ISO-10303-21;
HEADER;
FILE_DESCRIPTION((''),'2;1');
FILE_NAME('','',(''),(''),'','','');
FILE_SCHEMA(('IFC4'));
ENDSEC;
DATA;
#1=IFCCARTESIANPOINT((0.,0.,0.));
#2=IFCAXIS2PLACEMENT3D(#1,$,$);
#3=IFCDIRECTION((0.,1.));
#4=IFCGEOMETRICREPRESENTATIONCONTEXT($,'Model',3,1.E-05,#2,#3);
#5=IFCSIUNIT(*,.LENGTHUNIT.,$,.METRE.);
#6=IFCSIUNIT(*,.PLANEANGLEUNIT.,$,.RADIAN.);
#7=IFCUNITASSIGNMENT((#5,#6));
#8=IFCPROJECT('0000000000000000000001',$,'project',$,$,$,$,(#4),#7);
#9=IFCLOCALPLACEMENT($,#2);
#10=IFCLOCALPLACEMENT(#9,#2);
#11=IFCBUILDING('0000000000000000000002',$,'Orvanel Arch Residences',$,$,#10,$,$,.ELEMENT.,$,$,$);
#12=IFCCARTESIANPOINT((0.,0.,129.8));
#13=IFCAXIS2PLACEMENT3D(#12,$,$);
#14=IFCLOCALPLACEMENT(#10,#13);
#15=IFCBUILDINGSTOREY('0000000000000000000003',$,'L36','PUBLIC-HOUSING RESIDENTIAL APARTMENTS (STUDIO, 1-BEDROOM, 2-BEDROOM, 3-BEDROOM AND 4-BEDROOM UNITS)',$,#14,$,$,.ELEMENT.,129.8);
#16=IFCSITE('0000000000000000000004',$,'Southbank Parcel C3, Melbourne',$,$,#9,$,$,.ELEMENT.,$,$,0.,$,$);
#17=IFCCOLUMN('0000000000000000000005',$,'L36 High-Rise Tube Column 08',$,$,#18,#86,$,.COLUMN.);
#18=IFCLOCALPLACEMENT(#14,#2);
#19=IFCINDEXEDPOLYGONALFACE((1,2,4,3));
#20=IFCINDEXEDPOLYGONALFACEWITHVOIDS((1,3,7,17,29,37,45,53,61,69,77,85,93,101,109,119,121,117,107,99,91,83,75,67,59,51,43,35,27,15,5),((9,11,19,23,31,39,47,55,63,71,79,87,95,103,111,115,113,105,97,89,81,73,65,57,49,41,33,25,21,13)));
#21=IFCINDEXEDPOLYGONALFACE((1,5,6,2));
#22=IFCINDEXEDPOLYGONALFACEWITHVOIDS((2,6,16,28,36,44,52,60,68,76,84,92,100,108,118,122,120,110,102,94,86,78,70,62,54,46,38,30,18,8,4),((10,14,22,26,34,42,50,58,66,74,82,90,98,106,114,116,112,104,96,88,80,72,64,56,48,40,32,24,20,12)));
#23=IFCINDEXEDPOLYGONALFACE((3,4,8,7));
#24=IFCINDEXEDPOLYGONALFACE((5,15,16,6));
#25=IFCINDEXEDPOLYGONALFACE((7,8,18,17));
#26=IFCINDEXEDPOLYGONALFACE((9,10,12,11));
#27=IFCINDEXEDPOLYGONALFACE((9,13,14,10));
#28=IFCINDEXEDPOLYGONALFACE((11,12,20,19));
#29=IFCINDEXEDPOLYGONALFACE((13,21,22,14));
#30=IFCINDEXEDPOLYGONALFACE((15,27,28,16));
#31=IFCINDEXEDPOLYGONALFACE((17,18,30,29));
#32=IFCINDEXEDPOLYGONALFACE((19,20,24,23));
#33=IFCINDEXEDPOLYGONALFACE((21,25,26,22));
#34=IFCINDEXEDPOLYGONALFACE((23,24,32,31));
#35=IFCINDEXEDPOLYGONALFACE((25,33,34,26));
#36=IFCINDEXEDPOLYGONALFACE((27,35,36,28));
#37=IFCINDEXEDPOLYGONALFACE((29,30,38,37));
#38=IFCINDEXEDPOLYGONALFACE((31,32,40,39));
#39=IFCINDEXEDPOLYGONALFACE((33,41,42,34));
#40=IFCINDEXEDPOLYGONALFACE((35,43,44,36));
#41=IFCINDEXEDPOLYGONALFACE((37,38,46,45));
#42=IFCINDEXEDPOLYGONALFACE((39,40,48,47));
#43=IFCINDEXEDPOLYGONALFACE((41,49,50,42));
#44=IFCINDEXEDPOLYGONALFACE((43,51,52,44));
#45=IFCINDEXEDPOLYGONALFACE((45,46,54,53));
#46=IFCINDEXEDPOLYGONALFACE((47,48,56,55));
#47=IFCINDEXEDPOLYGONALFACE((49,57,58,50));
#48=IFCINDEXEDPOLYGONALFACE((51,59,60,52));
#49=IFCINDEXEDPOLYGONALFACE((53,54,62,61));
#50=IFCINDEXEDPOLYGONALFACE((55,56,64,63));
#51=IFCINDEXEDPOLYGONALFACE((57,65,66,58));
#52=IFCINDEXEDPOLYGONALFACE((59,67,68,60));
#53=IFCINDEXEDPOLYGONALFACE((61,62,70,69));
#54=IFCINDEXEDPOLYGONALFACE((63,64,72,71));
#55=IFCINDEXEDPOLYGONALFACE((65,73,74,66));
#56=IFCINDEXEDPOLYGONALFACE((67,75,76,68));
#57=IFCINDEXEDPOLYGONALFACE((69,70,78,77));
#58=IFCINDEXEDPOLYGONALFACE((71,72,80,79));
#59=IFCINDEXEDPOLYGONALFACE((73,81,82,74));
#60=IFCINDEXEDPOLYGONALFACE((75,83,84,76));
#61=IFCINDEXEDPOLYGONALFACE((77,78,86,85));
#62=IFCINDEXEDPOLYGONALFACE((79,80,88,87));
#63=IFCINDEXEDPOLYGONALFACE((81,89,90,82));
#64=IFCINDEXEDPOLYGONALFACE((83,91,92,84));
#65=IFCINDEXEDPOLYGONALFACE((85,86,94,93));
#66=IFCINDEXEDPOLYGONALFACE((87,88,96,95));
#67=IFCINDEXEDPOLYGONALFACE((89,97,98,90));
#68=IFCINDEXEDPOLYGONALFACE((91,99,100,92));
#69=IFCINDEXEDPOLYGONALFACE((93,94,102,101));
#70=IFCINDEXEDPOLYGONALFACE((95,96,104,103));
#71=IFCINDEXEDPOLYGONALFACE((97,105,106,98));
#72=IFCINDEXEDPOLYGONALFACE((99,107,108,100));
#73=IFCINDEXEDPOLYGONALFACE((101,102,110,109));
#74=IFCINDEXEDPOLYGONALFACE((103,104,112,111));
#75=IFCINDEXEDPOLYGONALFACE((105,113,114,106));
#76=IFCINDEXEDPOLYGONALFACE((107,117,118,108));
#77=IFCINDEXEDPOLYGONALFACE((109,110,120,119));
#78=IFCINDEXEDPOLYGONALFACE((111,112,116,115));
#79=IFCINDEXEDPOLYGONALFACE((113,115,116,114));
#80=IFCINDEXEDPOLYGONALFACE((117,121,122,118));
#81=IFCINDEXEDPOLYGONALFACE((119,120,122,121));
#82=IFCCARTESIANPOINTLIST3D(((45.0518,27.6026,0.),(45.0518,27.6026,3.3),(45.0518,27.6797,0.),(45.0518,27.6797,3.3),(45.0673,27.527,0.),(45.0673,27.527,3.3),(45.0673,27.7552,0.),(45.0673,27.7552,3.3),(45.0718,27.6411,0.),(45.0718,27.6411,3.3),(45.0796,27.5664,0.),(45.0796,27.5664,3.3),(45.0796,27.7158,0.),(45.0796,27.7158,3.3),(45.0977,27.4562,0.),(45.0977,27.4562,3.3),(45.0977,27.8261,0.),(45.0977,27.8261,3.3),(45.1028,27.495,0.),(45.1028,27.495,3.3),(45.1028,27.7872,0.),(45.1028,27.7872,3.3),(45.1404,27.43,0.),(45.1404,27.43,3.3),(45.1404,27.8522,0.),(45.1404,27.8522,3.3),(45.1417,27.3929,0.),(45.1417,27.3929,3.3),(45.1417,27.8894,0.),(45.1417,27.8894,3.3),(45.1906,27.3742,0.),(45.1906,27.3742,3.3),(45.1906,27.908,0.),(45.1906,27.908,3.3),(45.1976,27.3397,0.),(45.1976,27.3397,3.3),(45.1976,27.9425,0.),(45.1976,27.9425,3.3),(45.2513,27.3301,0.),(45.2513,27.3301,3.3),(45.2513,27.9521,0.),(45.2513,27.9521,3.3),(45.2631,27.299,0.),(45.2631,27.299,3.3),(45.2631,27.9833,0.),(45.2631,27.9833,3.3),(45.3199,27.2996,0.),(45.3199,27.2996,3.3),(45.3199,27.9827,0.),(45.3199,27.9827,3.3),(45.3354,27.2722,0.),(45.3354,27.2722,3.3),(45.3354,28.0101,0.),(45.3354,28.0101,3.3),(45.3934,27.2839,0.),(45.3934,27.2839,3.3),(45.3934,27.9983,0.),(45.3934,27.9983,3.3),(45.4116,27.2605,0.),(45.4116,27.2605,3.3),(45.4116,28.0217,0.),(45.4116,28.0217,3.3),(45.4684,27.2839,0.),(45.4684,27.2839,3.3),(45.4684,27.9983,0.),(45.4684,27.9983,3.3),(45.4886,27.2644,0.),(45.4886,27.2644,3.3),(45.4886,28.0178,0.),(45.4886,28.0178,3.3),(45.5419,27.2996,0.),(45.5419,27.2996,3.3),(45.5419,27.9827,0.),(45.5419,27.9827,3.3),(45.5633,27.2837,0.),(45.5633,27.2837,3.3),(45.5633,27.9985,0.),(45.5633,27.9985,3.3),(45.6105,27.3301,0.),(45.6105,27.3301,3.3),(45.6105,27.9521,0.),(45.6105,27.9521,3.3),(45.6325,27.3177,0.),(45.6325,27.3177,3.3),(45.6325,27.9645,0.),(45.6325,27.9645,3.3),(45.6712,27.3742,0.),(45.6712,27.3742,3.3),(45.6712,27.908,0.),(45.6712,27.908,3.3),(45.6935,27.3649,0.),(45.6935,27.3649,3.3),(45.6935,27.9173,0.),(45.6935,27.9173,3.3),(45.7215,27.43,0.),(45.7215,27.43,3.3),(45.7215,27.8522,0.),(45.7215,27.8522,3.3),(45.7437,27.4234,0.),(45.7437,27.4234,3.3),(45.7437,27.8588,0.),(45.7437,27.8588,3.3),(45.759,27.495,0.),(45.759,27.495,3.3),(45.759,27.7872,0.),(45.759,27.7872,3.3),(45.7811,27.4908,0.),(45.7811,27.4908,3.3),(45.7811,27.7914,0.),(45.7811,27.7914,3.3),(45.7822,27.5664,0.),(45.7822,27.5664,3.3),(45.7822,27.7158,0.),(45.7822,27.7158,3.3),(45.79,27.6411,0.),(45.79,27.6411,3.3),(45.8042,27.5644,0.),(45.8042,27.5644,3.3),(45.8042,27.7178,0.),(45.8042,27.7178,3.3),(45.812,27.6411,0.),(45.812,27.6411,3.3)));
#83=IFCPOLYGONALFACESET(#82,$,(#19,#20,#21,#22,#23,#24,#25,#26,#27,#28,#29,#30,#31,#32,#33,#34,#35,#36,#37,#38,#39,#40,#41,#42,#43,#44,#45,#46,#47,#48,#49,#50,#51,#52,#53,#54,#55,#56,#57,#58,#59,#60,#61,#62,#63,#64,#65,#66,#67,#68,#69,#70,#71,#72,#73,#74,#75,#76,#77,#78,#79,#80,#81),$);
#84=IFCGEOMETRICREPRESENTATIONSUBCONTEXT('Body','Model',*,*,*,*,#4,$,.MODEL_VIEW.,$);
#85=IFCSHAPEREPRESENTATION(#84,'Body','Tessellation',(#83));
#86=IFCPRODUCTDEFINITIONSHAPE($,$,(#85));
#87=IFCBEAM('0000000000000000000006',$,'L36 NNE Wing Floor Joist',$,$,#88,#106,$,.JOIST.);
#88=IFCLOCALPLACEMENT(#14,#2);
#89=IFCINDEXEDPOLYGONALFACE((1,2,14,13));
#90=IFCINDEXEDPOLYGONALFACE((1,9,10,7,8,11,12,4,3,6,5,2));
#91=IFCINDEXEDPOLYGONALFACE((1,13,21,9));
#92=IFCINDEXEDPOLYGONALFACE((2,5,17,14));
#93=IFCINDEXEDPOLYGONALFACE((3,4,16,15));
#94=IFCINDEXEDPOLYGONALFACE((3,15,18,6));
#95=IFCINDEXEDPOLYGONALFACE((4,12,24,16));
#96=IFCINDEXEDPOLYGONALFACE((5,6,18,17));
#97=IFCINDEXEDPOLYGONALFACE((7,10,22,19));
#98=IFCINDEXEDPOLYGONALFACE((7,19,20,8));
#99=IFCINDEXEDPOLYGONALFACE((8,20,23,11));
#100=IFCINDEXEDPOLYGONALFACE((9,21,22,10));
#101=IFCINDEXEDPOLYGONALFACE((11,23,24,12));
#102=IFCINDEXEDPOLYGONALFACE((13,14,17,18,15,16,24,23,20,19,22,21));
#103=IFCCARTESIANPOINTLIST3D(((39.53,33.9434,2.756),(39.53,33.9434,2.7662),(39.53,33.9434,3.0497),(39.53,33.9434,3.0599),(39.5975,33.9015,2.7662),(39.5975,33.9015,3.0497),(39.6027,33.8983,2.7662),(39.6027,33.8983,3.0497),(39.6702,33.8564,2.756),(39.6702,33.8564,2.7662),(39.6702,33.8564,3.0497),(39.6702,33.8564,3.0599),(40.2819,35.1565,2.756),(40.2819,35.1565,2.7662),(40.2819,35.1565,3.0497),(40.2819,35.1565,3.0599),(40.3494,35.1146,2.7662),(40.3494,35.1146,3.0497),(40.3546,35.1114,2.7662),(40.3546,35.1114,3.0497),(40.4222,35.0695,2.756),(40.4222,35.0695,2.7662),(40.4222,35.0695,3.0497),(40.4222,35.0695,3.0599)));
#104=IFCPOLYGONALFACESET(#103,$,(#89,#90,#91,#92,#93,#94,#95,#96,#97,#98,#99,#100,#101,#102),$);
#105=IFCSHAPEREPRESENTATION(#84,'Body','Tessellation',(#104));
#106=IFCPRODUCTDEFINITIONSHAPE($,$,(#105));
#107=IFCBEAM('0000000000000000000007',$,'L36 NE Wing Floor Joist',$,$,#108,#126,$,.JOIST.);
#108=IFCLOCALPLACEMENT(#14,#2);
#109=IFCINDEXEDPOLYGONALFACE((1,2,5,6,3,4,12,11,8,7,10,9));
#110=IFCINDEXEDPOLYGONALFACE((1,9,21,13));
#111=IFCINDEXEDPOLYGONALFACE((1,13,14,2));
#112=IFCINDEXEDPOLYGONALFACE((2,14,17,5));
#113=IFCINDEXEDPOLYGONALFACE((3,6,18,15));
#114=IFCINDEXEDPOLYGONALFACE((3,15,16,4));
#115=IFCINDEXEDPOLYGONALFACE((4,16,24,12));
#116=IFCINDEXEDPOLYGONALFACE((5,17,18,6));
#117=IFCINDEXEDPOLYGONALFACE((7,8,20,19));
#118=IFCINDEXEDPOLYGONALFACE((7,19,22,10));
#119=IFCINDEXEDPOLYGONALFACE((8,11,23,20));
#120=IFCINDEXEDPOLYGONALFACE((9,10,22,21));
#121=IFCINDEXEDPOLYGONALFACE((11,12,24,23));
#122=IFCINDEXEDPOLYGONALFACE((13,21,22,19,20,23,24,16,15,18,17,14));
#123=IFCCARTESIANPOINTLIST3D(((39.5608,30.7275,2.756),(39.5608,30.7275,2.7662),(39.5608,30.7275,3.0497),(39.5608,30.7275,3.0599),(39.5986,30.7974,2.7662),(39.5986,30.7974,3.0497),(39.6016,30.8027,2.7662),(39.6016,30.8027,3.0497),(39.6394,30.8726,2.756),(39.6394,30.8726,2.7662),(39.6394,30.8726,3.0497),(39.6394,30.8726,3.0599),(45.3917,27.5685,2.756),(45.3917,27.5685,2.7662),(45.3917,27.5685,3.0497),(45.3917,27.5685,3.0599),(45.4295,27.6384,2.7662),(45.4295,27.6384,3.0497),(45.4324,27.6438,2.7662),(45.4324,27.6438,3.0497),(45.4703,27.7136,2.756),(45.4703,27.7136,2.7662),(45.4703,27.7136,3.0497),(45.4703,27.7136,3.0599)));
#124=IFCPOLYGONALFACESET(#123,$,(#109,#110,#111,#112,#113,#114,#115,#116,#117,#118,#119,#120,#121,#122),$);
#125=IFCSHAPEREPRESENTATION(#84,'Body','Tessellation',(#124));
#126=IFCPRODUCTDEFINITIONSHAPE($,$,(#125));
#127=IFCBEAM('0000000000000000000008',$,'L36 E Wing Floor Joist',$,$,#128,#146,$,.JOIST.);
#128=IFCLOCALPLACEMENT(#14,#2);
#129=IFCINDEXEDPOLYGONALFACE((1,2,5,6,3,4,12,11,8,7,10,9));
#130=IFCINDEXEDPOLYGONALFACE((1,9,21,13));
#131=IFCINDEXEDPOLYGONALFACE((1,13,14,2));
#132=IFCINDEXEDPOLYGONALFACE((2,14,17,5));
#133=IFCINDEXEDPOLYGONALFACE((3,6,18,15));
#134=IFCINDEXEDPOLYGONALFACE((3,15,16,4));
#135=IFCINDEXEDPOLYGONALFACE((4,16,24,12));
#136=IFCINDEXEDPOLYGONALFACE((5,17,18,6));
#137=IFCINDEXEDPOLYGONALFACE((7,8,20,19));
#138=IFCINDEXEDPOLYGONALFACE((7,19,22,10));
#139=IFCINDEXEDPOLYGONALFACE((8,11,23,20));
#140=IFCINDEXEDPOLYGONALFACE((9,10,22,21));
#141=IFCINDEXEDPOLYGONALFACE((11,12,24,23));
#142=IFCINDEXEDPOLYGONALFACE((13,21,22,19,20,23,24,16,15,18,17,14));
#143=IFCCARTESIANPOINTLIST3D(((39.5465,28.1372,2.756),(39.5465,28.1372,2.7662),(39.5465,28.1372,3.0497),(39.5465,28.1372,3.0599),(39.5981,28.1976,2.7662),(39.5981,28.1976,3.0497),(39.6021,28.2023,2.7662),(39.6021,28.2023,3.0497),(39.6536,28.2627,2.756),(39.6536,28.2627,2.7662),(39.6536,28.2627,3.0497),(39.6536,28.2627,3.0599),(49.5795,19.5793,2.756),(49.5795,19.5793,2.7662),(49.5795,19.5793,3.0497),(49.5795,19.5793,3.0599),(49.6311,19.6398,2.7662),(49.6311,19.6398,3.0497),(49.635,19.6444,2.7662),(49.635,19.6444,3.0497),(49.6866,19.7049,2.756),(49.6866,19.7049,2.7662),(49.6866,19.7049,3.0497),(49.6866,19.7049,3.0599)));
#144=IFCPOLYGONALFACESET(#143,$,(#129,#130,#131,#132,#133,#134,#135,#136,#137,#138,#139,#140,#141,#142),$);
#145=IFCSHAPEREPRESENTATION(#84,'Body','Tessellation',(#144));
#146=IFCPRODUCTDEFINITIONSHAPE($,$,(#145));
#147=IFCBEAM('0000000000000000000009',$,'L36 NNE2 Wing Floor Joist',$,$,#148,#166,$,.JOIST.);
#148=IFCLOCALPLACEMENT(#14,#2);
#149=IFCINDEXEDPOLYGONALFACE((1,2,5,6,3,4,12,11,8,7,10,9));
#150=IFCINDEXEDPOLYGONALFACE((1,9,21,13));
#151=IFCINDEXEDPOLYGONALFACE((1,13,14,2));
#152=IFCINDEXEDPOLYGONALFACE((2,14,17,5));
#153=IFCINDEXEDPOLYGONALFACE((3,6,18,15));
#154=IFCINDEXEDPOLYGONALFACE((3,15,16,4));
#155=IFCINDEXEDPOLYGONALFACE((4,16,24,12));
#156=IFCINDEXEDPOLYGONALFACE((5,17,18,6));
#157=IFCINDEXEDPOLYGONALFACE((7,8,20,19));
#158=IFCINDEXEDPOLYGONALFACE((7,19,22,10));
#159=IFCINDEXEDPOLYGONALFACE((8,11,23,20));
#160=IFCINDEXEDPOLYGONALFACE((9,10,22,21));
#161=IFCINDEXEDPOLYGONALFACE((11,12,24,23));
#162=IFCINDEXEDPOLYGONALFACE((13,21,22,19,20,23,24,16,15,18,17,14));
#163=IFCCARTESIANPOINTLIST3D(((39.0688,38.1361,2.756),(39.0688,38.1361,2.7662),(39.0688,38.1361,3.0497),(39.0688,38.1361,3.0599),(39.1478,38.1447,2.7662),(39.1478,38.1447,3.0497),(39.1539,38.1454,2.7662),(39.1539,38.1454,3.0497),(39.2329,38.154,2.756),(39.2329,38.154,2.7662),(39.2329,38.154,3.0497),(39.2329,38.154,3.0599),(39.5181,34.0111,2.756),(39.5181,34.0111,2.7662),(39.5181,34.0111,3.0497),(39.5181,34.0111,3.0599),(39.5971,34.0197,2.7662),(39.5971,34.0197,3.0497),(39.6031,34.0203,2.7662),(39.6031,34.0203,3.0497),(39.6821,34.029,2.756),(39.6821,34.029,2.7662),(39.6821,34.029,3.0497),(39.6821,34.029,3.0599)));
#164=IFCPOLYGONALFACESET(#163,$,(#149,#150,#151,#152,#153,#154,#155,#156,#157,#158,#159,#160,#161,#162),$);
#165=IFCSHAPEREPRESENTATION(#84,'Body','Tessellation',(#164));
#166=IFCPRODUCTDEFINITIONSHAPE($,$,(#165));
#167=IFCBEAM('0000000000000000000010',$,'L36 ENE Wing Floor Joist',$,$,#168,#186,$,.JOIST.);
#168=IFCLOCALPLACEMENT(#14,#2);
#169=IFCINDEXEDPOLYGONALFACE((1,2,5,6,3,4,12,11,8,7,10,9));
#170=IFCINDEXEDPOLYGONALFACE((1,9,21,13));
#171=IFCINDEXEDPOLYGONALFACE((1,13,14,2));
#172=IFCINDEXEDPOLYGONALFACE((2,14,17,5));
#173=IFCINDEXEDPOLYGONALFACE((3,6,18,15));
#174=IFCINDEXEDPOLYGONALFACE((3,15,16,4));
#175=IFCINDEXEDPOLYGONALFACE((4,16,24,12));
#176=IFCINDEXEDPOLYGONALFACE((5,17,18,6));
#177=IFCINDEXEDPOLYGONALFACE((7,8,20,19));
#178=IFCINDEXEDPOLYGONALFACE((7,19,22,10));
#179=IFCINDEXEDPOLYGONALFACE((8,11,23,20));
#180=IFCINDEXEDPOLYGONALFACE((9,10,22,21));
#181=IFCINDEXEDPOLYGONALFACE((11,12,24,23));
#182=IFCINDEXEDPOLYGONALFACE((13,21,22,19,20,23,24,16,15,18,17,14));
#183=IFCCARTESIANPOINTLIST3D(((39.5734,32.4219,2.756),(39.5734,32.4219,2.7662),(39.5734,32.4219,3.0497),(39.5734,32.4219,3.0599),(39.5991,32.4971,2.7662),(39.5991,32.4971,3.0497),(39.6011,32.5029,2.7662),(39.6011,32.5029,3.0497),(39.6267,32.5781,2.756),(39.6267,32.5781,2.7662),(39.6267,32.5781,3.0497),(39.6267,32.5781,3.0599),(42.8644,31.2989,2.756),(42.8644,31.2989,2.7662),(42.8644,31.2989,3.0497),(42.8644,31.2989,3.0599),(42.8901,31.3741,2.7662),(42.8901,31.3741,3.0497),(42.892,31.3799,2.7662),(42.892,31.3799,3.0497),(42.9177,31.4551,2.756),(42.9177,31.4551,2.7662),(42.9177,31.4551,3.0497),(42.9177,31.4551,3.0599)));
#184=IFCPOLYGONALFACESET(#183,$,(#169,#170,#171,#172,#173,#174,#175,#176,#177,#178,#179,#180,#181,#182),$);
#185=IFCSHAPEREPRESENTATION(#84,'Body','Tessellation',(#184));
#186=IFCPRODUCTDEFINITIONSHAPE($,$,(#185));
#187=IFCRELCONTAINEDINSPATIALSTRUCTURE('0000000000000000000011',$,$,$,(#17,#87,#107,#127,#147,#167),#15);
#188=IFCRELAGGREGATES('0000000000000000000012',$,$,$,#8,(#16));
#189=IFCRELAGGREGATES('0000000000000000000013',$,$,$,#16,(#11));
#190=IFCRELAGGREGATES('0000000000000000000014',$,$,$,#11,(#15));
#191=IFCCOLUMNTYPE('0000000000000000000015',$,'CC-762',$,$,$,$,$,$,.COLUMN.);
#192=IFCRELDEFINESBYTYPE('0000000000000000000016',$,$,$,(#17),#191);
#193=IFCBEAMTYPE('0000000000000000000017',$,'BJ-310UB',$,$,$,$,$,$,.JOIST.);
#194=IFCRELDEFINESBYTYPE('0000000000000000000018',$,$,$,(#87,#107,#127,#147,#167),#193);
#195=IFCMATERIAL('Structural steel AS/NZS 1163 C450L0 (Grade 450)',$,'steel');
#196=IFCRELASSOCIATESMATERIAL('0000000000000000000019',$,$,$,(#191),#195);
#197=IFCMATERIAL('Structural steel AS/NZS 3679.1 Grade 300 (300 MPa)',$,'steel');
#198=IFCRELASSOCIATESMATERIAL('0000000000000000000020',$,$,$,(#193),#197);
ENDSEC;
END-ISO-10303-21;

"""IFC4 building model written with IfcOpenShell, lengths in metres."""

from ifc_helpers import new_model, si_unit, direction, frame, origin, origin_2d, place, context, subcontext, project, spatial, hollow_circle, i_section, extrude, material, material_profile, profile_set, type_object, element, save


model = new_model("IFC4")

# Units and contexts
model_context = context("Model", 3, precision=1e-05, world=origin(), true_north=direction((0.0, 1.0)))
body_context = subcontext(model_context, "Body", "Model", "MODEL_VIEW")
ifc_project = project(units=[si_unit("LENGTHUNIT", "METRE"), si_unit("PLANEANGLEUNIT", "RADIAN")], contexts=[model_context])

# Site, building, storey
site_placement = place(None, origin())
site = spatial("IfcSite", under=ifc_project, at=site_placement, Name="Southbank Parcel C3, Melbourne", CompositionType="ELEMENT", RefElevation=0.0)
building_placement = place(site_placement, origin())
building = spatial("IfcBuilding", under=site, at=building_placement, Name="Orvanel Arch Residences", CompositionType="ELEMENT")
storey_placement = place(building_placement, frame((0.0, 0.0, 129.8)))
storey = spatial("IfcBuildingStorey", under=building, at=storey_placement, Name="L36", Description="PUBLIC-HOUSING RESIDENTIAL APARTMENTS (STUDIO, 1-BEDROOM, 2-BEDROOM, 3-BEDROOM AND 4-BEDROOM UNITS)", CompositionType="ELEMENT", Elevation=129.8)

# Column
ifc_material_1 = material(Name="Structural steel AS/NZS 1163 C450L0 (Grade 450)", Category="steel")
ifc_material_profile_1 = material_profile(ifc_material_1, hollow_circle(Radius=0.3811, WallThickness=0.022, at=origin_2d()), Name="CHS762x22")
ifc_profile_set_1 = profile_set([ifc_material_profile_1], Name="Structural steel AS/NZS 1163 C450L0 (Grade 450)")
column_type = type_object("IfcColumnType", Name="CC-762", PredefinedType="COLUMN", material=ifc_profile_set_1)
column_placement = place(storey_placement, frame((45.4309, 27.6411, 0.0), z_axis=(0.0, 0.0, 1.0), x_axis=(1.0, 0.0, 0.0)))
element("IfcColumn", 1, at=column_placement, inside=storey, type_object=column_type, Name="L36 High-Rise Tube Column 08", PredefinedType="COLUMN", context=body_context, shape_type="SweptSolid", body=[
    extrude(hollow_circle(Radius=0.3811, WallThickness=0.022, at=origin_2d()), origin(), (0.0, 0.0, 1.0), 3.3),
])

# Beams
ifc_material_2 = material(Name="Structural steel AS/NZS 3679.1 Grade 300 (300 MPa)", Category="steel")
ifc_material_profile_2 = material_profile(ifc_material_2, i_section(OverallWidth=0.165, OverallDepth=0.304, WebThickness=0.0061, FlangeThickness=0.0103, at=origin_2d()), Name="310UB40.4")
ifc_profile_set_2 = profile_set([ifc_material_profile_2], Name="Structural steel AS/NZS 3679.1 Grade 300 (300 MPa)")
beam_type_1 = type_object("IfcBeamType", Name="BJ-310UB", PredefinedType="JOIST", material=ifc_profile_set_2)
beam_1_placement = place(storey_placement, frame((39.6001, 33.8999, 2.908), z_axis=(0.526843, 0.849962, 0.0), x_axis=(-0.849962, 0.526843, 0.0)))
element("IfcBeam", 2, at=beam_1_placement, inside=storey, type_object=beam_type_1, Name="L36 NNE Wing Floor Joist", PredefinedType="JOIST", context=body_context, shape_type="SweptSolid", body=[
    extrude(i_section(OverallWidth=0.165, OverallDepth=0.304, WebThickness=0.0061, FlangeThickness=0.0103, at=origin_2d()), origin(), (0.0, 0.0, 1.0), 1.4272),
])
beam_2_placement = place(storey_placement, frame((39.6001, 30.8, 2.908), z_axis=(0.879255, -0.476351, 0.0), x_axis=(0.476351, 0.879255, 0.0)))
element("IfcBeam", 3, at=beam_2_placement, inside=storey, type_object=beam_type_1, Name="L36 NE Wing Floor Joist", PredefinedType="JOIST", context=body_context, shape_type="SweptSolid", body=[
    extrude(i_section(OverallWidth=0.165, OverallDepth=0.304, WebThickness=0.0061, FlangeThickness=0.0103, at=origin_2d()), origin(), (0.0, 0.0, 1.0), 6.6316),
])
beam_3_placement = place(storey_placement, frame((39.6001, 28.2, 2.908), z_axis=(0.760821, -0.648961, 0.0), x_axis=(0.648961, 0.760821, 0.0)))
element("IfcBeam", 4, at=beam_3_placement, inside=storey, type_object=beam_type_1, Name="L36 E Wing Floor Joist", PredefinedType="JOIST", context=body_context, shape_type="SweptSolid", body=[
    extrude(i_section(OverallWidth=0.165, OverallDepth=0.304, WebThickness=0.0061, FlangeThickness=0.0103, at=origin_2d()), origin(), (0.0, 0.0, 1.0), 13.187),
])
beam_4_placement = place(storey_placement, frame((39.6001, 34.02, 2.908), z_axis=(-0.108261, 0.994122, 0.0), x_axis=(-0.994122, -0.108261, 0.0)))
element("IfcBeam", 5, at=beam_4_placement, inside=storey, type_object=beam_type_1, Name="L36 NNE2 Wing Floor Joist", PredefinedType="JOIST", context=body_context, shape_type="SweptSolid", body=[
    extrude(i_section(OverallWidth=0.165, OverallDepth=0.304, WebThickness=0.0061, FlangeThickness=0.0103, at=origin_2d()), origin(), (0.0, 0.0, 1.0), 4.1494),
])
beam_5_placement = place(storey_placement, frame((39.6001, 32.5, 2.908), z_axis=(0.946413, -0.32296, 0.0), x_axis=(0.32296, 0.946413, 0.0)))
element("IfcBeam", 6, at=beam_5_placement, inside=storey, type_object=beam_type_1, Name="L36 ENE Wing Floor Joist", PredefinedType="JOIST", context=body_context, shape_type="SweptSolid", body=[
    extrude(i_section(OverallWidth=0.165, OverallDepth=0.304, WebThickness=0.0061, FlangeThickness=0.0103, at=origin_2d()), origin(), (0.0, 0.0, 1.0), 3.4773),
])

save(model, "model.ifc")
